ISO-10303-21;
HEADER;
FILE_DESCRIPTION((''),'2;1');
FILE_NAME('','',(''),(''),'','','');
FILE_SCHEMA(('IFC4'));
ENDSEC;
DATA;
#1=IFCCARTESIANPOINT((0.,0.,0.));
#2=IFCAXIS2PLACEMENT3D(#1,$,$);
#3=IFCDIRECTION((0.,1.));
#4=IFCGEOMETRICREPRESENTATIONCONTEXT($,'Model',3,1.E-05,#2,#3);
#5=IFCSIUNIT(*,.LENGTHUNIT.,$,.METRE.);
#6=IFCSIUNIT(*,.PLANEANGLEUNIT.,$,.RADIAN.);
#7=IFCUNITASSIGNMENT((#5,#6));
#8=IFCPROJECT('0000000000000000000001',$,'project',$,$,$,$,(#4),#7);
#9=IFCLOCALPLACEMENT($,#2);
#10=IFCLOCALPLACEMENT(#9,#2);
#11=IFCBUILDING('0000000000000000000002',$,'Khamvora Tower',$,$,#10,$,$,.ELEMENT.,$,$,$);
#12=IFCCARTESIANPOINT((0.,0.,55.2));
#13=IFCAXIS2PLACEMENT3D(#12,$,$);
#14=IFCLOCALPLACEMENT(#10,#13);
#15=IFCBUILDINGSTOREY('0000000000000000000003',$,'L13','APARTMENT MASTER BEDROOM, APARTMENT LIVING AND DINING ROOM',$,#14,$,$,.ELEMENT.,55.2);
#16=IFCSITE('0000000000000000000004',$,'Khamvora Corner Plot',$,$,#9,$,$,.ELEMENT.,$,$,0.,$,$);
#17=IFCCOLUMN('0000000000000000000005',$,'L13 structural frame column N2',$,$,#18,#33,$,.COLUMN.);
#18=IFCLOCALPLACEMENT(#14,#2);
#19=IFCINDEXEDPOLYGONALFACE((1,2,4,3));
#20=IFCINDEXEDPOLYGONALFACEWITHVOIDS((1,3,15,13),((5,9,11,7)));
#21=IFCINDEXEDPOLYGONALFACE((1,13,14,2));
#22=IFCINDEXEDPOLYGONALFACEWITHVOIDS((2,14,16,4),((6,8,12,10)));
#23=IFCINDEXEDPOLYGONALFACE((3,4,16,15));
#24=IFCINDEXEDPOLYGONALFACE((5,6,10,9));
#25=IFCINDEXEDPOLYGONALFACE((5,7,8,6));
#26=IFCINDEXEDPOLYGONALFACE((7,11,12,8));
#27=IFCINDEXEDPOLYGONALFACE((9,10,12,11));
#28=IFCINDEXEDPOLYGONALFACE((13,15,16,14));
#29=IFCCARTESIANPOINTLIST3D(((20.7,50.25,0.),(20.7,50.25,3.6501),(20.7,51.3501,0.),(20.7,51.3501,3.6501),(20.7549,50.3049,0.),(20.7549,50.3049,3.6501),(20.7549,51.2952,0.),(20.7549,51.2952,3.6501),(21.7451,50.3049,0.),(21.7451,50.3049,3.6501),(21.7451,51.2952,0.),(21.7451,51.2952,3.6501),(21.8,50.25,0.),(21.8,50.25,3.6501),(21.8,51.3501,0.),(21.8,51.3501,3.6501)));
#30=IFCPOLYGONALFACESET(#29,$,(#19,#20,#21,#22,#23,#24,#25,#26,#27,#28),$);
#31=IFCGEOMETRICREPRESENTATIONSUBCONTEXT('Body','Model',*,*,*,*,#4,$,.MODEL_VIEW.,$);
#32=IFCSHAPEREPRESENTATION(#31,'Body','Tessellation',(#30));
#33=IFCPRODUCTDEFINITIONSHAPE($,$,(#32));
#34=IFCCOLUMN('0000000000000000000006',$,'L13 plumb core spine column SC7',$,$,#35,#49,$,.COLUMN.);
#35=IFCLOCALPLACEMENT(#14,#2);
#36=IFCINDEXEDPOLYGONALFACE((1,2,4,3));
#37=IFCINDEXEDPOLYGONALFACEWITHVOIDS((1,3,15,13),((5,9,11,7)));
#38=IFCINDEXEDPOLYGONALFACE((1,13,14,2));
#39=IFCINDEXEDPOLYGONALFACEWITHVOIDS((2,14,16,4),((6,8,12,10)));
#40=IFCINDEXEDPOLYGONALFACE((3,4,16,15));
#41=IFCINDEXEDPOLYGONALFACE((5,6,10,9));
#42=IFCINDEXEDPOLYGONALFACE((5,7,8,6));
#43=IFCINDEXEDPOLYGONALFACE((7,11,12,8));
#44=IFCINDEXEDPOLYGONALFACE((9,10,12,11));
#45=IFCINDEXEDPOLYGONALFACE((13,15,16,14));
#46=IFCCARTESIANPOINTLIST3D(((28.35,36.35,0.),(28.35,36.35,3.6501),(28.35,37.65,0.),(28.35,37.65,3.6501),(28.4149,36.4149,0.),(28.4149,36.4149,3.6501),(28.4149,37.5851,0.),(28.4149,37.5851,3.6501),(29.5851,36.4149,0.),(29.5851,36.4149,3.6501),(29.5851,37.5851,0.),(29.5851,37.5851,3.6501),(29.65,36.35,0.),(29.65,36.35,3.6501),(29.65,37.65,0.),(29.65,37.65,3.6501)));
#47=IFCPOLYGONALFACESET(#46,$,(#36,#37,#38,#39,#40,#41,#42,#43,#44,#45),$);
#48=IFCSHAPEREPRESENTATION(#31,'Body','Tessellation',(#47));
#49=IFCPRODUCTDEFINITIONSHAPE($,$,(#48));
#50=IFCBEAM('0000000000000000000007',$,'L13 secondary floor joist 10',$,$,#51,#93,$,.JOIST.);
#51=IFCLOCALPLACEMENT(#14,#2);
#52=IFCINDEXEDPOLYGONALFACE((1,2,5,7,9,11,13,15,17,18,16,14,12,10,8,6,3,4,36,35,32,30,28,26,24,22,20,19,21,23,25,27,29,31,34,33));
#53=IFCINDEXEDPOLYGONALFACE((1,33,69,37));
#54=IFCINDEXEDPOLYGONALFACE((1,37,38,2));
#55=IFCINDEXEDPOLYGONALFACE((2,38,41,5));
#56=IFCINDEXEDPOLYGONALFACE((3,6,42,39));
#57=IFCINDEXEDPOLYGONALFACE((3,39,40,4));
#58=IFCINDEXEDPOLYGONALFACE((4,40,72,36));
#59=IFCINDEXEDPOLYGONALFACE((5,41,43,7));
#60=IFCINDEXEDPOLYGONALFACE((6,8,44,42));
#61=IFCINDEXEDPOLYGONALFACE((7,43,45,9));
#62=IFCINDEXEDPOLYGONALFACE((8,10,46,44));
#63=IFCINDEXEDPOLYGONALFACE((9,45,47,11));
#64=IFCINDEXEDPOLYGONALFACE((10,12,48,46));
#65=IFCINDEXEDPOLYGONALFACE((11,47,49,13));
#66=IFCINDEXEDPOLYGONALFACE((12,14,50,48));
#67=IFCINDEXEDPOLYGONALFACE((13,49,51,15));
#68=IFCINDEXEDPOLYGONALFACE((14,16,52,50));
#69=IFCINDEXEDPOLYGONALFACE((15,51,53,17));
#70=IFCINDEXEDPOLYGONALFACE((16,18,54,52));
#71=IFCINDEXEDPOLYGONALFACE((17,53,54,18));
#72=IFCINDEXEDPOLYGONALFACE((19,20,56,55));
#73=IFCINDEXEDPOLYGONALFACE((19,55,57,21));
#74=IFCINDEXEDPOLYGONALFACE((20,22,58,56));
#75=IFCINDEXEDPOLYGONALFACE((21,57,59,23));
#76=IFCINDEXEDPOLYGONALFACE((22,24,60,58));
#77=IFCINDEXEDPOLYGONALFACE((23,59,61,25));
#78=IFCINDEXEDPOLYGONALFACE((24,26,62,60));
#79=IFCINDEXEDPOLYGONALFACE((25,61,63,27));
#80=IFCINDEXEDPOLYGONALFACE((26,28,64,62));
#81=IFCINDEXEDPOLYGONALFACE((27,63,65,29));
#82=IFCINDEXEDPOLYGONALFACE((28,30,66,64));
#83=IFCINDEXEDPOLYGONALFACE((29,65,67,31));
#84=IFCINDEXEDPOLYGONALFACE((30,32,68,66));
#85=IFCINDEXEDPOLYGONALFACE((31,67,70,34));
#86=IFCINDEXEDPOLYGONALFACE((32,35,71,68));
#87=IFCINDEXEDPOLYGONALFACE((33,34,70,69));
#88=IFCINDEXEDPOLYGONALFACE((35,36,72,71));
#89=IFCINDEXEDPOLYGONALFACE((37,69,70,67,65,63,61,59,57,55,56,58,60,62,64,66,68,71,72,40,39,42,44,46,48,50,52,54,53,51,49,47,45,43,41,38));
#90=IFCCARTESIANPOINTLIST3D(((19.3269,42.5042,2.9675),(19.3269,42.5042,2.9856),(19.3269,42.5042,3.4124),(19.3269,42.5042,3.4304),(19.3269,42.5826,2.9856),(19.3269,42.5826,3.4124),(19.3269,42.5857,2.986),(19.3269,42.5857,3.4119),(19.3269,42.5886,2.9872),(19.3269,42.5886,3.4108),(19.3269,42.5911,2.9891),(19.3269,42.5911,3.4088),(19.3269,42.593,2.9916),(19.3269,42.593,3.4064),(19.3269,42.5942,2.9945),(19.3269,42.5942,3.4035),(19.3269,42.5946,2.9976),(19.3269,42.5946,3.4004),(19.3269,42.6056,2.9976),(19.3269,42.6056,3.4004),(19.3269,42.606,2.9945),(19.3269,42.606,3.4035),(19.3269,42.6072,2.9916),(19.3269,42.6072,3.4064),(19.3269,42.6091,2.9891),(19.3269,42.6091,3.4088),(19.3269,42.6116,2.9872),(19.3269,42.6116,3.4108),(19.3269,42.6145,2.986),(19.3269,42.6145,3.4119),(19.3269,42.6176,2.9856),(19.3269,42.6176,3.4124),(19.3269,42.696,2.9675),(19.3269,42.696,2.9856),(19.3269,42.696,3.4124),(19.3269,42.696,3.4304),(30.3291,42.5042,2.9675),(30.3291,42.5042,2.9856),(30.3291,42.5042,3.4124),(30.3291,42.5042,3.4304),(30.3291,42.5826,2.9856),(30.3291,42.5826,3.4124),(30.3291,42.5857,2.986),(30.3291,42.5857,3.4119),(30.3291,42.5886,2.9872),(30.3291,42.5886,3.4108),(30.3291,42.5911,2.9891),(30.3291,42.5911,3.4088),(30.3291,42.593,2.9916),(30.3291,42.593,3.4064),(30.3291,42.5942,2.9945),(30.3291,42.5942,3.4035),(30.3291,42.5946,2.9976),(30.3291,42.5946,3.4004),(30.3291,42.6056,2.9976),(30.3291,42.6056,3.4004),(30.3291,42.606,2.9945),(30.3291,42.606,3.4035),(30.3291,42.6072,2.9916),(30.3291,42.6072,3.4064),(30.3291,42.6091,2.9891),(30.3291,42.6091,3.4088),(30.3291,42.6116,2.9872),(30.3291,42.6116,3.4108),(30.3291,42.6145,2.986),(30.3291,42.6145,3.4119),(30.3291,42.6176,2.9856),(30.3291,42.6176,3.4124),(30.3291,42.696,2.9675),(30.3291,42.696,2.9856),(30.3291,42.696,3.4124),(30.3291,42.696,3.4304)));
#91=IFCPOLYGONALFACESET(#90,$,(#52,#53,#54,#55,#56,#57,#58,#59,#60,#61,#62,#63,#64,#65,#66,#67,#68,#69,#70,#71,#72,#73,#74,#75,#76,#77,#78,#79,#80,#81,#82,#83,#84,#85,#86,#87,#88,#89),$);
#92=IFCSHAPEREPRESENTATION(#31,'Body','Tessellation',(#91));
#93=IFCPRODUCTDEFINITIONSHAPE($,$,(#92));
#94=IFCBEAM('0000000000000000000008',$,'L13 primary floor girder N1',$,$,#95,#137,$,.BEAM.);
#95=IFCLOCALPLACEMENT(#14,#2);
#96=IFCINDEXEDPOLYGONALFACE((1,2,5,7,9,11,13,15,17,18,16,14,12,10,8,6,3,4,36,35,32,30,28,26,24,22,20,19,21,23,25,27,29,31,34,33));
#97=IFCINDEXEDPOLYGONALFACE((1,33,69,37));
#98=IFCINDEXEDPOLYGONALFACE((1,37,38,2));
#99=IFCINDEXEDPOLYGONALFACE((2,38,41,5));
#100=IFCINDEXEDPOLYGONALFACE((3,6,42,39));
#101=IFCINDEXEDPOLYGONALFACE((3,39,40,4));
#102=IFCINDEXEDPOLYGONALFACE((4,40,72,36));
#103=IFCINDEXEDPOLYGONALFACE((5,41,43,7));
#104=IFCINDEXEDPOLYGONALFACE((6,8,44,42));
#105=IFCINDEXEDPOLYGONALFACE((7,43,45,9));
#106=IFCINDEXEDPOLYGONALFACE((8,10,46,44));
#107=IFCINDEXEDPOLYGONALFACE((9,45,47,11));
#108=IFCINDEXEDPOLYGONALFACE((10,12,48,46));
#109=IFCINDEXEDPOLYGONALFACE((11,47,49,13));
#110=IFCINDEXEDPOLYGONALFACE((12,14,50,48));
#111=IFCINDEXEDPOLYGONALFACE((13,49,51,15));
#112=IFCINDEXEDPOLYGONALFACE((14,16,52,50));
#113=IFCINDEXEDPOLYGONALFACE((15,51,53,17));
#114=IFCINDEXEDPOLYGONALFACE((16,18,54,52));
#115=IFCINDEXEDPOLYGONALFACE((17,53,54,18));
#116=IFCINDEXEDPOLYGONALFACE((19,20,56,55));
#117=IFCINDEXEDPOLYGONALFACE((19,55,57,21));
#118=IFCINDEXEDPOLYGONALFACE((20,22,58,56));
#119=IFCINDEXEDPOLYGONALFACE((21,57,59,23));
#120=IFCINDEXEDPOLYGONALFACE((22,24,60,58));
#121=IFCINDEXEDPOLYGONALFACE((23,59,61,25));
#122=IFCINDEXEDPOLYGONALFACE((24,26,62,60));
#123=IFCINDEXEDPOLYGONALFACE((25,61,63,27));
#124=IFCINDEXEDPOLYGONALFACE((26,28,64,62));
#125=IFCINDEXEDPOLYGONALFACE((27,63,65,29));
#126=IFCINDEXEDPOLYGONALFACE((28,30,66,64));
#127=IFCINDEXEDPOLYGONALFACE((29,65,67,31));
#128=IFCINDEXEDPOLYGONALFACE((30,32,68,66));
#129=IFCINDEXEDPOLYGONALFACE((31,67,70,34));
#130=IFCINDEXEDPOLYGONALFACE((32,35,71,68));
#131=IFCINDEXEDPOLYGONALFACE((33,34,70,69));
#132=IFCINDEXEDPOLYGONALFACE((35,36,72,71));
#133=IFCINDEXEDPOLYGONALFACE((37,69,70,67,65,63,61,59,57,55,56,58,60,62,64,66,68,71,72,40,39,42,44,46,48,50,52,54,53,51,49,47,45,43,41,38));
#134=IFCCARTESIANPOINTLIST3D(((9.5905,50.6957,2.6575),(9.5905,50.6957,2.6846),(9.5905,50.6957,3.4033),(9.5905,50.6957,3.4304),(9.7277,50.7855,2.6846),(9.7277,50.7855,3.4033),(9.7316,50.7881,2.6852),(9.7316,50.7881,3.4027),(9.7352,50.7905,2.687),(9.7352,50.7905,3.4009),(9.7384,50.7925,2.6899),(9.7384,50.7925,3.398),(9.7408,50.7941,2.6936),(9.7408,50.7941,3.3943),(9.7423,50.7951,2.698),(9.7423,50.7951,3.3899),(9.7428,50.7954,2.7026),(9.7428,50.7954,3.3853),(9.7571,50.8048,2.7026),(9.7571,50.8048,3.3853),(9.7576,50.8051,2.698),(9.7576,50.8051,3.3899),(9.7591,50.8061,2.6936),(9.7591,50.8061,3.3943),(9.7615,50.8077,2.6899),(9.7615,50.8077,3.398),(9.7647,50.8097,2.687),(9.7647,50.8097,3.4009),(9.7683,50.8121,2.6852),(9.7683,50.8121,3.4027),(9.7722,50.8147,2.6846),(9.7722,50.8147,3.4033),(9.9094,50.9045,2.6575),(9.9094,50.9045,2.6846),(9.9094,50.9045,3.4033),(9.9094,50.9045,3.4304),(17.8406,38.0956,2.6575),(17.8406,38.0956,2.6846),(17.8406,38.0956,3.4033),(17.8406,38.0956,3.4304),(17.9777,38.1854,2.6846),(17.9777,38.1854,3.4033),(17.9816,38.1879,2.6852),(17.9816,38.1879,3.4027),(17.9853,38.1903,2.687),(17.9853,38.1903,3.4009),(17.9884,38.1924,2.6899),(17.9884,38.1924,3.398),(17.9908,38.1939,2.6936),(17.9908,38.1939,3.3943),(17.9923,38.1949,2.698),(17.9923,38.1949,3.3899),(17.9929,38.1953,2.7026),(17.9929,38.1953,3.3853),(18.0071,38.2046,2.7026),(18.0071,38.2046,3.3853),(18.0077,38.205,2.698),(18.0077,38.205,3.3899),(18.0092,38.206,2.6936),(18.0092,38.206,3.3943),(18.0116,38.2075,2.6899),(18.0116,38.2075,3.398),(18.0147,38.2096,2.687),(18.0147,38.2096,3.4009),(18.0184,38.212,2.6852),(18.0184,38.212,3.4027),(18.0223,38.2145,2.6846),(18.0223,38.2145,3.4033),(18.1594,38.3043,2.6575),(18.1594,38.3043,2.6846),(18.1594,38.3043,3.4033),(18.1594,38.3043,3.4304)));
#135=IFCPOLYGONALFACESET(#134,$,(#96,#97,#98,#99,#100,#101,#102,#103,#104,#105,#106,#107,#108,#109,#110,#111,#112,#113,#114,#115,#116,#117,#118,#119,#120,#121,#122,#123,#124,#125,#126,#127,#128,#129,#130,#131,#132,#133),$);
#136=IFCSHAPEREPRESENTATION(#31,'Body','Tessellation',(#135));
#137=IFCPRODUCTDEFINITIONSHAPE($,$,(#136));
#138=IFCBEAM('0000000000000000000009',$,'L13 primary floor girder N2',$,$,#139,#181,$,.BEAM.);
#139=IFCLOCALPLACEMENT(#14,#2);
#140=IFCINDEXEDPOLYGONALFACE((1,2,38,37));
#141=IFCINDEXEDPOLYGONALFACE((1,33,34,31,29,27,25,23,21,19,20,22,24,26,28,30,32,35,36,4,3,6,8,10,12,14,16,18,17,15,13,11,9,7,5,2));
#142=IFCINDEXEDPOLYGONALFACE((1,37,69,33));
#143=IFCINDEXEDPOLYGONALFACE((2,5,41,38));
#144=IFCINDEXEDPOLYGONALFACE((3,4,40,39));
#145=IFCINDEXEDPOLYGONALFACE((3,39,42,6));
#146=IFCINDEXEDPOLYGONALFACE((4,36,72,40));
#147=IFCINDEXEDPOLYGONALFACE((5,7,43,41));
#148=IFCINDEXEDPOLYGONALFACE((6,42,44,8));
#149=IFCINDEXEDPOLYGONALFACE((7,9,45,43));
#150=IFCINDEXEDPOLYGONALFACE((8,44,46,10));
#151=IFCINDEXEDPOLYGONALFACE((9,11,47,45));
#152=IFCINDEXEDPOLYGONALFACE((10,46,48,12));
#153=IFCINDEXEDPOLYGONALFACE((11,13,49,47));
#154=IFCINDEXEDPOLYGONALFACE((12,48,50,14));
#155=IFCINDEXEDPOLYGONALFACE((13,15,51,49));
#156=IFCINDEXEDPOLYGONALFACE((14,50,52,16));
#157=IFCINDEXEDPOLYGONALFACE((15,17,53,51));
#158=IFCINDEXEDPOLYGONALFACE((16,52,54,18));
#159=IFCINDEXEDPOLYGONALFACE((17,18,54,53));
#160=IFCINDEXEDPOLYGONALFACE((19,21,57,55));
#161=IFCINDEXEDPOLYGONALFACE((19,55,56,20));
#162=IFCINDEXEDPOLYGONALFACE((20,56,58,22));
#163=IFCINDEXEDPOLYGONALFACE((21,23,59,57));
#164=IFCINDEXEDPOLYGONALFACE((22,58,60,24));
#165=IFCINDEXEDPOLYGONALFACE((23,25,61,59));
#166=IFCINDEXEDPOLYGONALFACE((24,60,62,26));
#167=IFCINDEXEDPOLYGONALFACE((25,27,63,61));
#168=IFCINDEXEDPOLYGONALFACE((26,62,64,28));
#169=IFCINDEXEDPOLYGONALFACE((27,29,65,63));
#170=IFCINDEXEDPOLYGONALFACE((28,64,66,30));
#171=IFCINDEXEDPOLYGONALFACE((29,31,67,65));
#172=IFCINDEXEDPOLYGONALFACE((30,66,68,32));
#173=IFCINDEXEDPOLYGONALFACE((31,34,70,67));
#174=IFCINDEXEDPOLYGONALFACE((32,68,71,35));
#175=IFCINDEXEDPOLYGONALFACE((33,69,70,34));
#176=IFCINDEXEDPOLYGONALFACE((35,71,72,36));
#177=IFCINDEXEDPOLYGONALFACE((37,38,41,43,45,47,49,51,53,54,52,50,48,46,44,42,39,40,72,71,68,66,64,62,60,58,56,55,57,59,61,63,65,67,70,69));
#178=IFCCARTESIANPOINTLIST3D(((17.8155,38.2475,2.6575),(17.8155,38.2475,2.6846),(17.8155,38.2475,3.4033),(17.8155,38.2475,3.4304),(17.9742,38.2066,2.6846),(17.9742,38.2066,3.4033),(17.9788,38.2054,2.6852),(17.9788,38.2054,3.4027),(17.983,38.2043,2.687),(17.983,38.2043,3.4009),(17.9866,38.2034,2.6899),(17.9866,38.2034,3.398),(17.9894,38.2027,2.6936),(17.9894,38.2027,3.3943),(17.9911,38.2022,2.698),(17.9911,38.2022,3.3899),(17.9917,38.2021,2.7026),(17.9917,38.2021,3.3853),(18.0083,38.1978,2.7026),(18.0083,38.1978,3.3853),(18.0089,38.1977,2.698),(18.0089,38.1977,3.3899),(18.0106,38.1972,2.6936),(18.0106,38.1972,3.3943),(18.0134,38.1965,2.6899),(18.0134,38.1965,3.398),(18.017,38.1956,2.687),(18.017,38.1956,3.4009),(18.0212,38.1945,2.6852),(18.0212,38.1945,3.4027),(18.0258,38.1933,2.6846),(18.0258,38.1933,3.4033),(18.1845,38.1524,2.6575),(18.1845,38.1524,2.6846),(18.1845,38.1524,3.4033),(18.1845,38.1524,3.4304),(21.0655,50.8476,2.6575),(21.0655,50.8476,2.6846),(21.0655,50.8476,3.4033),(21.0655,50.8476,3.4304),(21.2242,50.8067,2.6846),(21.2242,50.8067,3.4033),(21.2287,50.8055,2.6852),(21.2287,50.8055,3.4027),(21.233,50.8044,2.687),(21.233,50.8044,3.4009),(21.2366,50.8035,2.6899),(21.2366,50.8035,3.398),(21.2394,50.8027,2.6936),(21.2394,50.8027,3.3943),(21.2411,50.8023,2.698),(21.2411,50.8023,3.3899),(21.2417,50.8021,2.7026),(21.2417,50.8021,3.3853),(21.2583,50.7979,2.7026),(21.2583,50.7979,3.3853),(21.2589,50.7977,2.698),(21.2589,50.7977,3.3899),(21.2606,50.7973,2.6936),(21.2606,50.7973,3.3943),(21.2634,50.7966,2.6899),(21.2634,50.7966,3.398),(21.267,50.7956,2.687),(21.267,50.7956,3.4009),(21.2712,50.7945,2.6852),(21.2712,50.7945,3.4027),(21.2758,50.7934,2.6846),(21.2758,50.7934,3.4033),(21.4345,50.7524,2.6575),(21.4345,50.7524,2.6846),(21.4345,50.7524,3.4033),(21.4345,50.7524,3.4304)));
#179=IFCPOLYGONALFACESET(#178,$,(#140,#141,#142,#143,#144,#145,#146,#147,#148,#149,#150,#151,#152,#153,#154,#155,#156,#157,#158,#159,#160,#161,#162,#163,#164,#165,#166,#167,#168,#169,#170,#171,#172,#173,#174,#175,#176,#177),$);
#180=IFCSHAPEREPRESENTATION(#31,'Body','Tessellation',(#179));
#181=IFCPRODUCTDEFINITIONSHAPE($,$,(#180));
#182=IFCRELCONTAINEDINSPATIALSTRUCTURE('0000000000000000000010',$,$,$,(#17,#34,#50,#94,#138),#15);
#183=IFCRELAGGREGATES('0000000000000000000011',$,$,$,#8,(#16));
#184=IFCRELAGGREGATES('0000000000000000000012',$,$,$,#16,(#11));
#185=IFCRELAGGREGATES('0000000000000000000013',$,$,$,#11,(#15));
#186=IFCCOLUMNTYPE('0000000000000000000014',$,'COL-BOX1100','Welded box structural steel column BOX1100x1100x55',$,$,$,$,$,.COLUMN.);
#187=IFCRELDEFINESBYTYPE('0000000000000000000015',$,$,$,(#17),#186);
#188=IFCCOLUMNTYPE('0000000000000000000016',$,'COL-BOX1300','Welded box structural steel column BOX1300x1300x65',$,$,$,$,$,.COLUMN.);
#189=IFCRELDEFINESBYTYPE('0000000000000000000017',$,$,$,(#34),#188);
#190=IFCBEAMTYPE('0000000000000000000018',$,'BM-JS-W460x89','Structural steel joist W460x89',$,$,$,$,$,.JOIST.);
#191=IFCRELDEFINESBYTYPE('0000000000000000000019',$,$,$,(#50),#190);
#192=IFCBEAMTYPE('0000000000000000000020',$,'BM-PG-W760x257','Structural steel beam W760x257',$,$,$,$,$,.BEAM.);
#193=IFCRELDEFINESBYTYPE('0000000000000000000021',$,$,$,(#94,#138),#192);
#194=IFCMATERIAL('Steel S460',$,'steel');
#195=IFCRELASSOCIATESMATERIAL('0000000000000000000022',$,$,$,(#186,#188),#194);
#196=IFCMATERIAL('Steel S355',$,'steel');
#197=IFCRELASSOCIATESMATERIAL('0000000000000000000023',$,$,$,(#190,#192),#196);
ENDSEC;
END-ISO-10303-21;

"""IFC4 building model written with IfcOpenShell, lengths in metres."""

from ifc_helpers import new_model, si_unit, direction, frame, origin, origin_2d, place, context, subcontext, project, spatial, hollow_rectangle, i_section, extrude, material, material_profile, profile_set, type_object, element, save


model = new_model("IFC4")

# Units and contexts
model_context = context("Model", 3, precision=1e-05, world=origin(), true_north=direction((0.0, 1.0)))
body_context = subcontext(model_context, "Body", "Model", "MODEL_VIEW")
ifc_project = project(units=[si_unit("LENGTHUNIT", "METRE"), si_unit("PLANEANGLEUNIT", "RADIAN")], contexts=[model_context])

# Site, building, storey
site_placement = place(None, origin())
site = spatial("IfcSite", under=ifc_project, at=site_placement, Name="Khamvora Corner Plot", CompositionType="ELEMENT", RefElevation=0.0)
building_placement = place(site_placement, origin())
building = spatial("IfcBuilding", under=site, at=building_placement, Name="Khamvora Tower", CompositionType="ELEMENT")
storey_placement = place(building_placement, frame((0.0, 0.0, 55.2)))
storey = spatial("IfcBuildingStorey", under=building, at=storey_placement, Name="L13", Description="APARTMENT MASTER BEDROOM, APARTMENT LIVING AND DINING ROOM", CompositionType="ELEMENT", Elevation=55.2)

# Columns
ifc_material_1 = material(Name="Steel S460", Category="steel")
ifc_material_profile_1 = material_profile(ifc_material_1, hollow_rectangle(XDim=1.1001, YDim=1.1001, WallThickness=0.0549, at=origin_2d()), Name="BOX1100x1100x55")
ifc_profile_set_1 = profile_set([ifc_material_profile_1], Name="Steel S460")
column_type_1 = type_object("IfcColumnType", Name="COL-BOX1100", Description="Welded box structural steel column BOX1100x1100x55", PredefinedType="COLUMN", material=ifc_profile_set_1)
column_1_placement = place(storey_placement, frame((21.25, 50.8, 0.0), z_axis=(0.0, 0.0, 1.0), x_axis=(1.0, 0.0, 0.0)))
element("IfcColumn", 1, at=column_1_placement, inside=storey, type_object=column_type_1, Name="L13 structural frame column N2", PredefinedType="COLUMN", context=body_context, shape_type="SweptSolid", body=[
    extrude(hollow_rectangle(XDim=1.1001, YDim=1.1001, WallThickness=0.0549, at=origin_2d()), origin(), (0.0, 0.0, 1.0), 3.6501),
])
ifc_material_profile_2 = material_profile(ifc_material_1, hollow_rectangle(XDim=1.3, YDim=1.3, WallThickness=0.0649, at=origin_2d()), Name="BOX1300x1300x65")
ifc_profile_set_2 = profile_set([ifc_material_profile_2], Name="Steel S460")
column_type_2 = type_object("IfcColumnType", Name="COL-BOX1300", Description="Welded box structural steel column BOX1300x1300x65", PredefinedType="COLUMN", material=ifc_profile_set_2)
column_2_placement = place(storey_placement, frame((29.0, 37.0, 0.0), z_axis=(0.0, 0.0, 1.0), x_axis=(1.0, 0.0, 0.0)))
element("IfcColumn", 2, at=column_2_placement, inside=storey, type_object=column_type_2, Name="L13 plumb core spine column SC7", PredefinedType="COLUMN", context=body_context, shape_type="SweptSolid", body=[
    extrude(hollow_rectangle(XDim=1.3, YDim=1.3, WallThickness=0.0649, at=origin_2d()), origin(), (0.0, 0.0, 1.0), 3.6501),
])

# Beams
ifc_material_2 = material(Name="Steel S355", Category="steel")
ifc_material_profile_3 = material_profile(ifc_material_2, i_section(OverallWidth=0.1919, OverallDepth=0.4629, WebThickness=0.011, FlangeThickness=0.0181, FilletRadius=0.012, at=origin_2d()), Name="W460x89")
ifc_profile_set_3 = profile_set([ifc_material_profile_3], Name="Steel S355")
beam_type_1 = type_object("IfcBeamType", Name="BM-JS-W460x89", Description="Structural steel joist W460x89", PredefinedType="JOIST", material=ifc_profile_set_3)
beam_1_placement = place(storey_placement, frame((19.3269, 42.6001, 3.199), z_axis=(1.0, 0.0, 0.0), x_axis=(0.0, 1.0, 0.0)))
element("IfcBeam", 3, at=beam_1_placement, inside=storey, type_object=beam_type_1, Name="L13 secondary floor joist 10", PredefinedType="JOIST", context=body_context, shape_type="SweptSolid", body=[
    extrude(i_section(OverallWidth=0.1919, OverallDepth=0.4629, WebThickness=0.011, FlangeThickness=0.0181, FilletRadius=0.012, at=origin_2d()), origin(), (0.0, 0.0, 1.0), 11.0022),
])
ifc_material_profile_4 = material_profile(ifc_material_2, i_section(OverallWidth=0.3811, OverallDepth=0.7729, WebThickness=0.0171, FlangeThickness=0.0271, FilletRadius=0.0181, at=origin_2d()), Name="W760x257")
ifc_profile_set_4 = profile_set([ifc_material_profile_4], Name="Steel S355")
beam_type_2 = type_object("IfcBeamType", Name="BM-PG-W760x257", Description="Structural steel beam W760x257", PredefinedType="BEAM", material=ifc_profile_set_4)
beam_2_placement = place(storey_placement, frame((18.0, 38.2, 3.0439), z_axis=(-0.547783, 0.83662, 0.0), x_axis=(-0.83662, -0.547783, 0.0)))
element("IfcBeam", 4, at=beam_2_placement, inside=storey, type_object=beam_type_2, Name="L13 primary floor girder N1", PredefinedType="BEAM", context=body_context, shape_type="SweptSolid", body=[
    extrude(i_section(OverallWidth=0.3811, OverallDepth=0.7729, WebThickness=0.0171, FlangeThickness=0.0271, FilletRadius=0.0181, at=origin_2d()), origin(), (0.0, 0.0, 1.0), 15.0608),
])
beam_3_placement = place(storey_placement, frame((18.0, 38.2, 3.0439), z_axis=(0.24976, 0.968308, 0.0), x_axis=(-0.968308, 0.24976, 0.0)))
element("IfcBeam", 5, at=beam_3_placement, inside=storey, type_object=beam_type_2, Name="L13 primary floor girder N2", PredefinedType="BEAM", context=body_context, shape_type="SweptSolid", body=[
    extrude(i_section(OverallWidth=0.3811, OverallDepth=0.7729, WebThickness=0.0171, FlangeThickness=0.0271, FilletRadius=0.0181, at=origin_2d()), origin(), (0.0, 0.0, 1.0), 13.0125),
])

save(model, "model.ifc")
